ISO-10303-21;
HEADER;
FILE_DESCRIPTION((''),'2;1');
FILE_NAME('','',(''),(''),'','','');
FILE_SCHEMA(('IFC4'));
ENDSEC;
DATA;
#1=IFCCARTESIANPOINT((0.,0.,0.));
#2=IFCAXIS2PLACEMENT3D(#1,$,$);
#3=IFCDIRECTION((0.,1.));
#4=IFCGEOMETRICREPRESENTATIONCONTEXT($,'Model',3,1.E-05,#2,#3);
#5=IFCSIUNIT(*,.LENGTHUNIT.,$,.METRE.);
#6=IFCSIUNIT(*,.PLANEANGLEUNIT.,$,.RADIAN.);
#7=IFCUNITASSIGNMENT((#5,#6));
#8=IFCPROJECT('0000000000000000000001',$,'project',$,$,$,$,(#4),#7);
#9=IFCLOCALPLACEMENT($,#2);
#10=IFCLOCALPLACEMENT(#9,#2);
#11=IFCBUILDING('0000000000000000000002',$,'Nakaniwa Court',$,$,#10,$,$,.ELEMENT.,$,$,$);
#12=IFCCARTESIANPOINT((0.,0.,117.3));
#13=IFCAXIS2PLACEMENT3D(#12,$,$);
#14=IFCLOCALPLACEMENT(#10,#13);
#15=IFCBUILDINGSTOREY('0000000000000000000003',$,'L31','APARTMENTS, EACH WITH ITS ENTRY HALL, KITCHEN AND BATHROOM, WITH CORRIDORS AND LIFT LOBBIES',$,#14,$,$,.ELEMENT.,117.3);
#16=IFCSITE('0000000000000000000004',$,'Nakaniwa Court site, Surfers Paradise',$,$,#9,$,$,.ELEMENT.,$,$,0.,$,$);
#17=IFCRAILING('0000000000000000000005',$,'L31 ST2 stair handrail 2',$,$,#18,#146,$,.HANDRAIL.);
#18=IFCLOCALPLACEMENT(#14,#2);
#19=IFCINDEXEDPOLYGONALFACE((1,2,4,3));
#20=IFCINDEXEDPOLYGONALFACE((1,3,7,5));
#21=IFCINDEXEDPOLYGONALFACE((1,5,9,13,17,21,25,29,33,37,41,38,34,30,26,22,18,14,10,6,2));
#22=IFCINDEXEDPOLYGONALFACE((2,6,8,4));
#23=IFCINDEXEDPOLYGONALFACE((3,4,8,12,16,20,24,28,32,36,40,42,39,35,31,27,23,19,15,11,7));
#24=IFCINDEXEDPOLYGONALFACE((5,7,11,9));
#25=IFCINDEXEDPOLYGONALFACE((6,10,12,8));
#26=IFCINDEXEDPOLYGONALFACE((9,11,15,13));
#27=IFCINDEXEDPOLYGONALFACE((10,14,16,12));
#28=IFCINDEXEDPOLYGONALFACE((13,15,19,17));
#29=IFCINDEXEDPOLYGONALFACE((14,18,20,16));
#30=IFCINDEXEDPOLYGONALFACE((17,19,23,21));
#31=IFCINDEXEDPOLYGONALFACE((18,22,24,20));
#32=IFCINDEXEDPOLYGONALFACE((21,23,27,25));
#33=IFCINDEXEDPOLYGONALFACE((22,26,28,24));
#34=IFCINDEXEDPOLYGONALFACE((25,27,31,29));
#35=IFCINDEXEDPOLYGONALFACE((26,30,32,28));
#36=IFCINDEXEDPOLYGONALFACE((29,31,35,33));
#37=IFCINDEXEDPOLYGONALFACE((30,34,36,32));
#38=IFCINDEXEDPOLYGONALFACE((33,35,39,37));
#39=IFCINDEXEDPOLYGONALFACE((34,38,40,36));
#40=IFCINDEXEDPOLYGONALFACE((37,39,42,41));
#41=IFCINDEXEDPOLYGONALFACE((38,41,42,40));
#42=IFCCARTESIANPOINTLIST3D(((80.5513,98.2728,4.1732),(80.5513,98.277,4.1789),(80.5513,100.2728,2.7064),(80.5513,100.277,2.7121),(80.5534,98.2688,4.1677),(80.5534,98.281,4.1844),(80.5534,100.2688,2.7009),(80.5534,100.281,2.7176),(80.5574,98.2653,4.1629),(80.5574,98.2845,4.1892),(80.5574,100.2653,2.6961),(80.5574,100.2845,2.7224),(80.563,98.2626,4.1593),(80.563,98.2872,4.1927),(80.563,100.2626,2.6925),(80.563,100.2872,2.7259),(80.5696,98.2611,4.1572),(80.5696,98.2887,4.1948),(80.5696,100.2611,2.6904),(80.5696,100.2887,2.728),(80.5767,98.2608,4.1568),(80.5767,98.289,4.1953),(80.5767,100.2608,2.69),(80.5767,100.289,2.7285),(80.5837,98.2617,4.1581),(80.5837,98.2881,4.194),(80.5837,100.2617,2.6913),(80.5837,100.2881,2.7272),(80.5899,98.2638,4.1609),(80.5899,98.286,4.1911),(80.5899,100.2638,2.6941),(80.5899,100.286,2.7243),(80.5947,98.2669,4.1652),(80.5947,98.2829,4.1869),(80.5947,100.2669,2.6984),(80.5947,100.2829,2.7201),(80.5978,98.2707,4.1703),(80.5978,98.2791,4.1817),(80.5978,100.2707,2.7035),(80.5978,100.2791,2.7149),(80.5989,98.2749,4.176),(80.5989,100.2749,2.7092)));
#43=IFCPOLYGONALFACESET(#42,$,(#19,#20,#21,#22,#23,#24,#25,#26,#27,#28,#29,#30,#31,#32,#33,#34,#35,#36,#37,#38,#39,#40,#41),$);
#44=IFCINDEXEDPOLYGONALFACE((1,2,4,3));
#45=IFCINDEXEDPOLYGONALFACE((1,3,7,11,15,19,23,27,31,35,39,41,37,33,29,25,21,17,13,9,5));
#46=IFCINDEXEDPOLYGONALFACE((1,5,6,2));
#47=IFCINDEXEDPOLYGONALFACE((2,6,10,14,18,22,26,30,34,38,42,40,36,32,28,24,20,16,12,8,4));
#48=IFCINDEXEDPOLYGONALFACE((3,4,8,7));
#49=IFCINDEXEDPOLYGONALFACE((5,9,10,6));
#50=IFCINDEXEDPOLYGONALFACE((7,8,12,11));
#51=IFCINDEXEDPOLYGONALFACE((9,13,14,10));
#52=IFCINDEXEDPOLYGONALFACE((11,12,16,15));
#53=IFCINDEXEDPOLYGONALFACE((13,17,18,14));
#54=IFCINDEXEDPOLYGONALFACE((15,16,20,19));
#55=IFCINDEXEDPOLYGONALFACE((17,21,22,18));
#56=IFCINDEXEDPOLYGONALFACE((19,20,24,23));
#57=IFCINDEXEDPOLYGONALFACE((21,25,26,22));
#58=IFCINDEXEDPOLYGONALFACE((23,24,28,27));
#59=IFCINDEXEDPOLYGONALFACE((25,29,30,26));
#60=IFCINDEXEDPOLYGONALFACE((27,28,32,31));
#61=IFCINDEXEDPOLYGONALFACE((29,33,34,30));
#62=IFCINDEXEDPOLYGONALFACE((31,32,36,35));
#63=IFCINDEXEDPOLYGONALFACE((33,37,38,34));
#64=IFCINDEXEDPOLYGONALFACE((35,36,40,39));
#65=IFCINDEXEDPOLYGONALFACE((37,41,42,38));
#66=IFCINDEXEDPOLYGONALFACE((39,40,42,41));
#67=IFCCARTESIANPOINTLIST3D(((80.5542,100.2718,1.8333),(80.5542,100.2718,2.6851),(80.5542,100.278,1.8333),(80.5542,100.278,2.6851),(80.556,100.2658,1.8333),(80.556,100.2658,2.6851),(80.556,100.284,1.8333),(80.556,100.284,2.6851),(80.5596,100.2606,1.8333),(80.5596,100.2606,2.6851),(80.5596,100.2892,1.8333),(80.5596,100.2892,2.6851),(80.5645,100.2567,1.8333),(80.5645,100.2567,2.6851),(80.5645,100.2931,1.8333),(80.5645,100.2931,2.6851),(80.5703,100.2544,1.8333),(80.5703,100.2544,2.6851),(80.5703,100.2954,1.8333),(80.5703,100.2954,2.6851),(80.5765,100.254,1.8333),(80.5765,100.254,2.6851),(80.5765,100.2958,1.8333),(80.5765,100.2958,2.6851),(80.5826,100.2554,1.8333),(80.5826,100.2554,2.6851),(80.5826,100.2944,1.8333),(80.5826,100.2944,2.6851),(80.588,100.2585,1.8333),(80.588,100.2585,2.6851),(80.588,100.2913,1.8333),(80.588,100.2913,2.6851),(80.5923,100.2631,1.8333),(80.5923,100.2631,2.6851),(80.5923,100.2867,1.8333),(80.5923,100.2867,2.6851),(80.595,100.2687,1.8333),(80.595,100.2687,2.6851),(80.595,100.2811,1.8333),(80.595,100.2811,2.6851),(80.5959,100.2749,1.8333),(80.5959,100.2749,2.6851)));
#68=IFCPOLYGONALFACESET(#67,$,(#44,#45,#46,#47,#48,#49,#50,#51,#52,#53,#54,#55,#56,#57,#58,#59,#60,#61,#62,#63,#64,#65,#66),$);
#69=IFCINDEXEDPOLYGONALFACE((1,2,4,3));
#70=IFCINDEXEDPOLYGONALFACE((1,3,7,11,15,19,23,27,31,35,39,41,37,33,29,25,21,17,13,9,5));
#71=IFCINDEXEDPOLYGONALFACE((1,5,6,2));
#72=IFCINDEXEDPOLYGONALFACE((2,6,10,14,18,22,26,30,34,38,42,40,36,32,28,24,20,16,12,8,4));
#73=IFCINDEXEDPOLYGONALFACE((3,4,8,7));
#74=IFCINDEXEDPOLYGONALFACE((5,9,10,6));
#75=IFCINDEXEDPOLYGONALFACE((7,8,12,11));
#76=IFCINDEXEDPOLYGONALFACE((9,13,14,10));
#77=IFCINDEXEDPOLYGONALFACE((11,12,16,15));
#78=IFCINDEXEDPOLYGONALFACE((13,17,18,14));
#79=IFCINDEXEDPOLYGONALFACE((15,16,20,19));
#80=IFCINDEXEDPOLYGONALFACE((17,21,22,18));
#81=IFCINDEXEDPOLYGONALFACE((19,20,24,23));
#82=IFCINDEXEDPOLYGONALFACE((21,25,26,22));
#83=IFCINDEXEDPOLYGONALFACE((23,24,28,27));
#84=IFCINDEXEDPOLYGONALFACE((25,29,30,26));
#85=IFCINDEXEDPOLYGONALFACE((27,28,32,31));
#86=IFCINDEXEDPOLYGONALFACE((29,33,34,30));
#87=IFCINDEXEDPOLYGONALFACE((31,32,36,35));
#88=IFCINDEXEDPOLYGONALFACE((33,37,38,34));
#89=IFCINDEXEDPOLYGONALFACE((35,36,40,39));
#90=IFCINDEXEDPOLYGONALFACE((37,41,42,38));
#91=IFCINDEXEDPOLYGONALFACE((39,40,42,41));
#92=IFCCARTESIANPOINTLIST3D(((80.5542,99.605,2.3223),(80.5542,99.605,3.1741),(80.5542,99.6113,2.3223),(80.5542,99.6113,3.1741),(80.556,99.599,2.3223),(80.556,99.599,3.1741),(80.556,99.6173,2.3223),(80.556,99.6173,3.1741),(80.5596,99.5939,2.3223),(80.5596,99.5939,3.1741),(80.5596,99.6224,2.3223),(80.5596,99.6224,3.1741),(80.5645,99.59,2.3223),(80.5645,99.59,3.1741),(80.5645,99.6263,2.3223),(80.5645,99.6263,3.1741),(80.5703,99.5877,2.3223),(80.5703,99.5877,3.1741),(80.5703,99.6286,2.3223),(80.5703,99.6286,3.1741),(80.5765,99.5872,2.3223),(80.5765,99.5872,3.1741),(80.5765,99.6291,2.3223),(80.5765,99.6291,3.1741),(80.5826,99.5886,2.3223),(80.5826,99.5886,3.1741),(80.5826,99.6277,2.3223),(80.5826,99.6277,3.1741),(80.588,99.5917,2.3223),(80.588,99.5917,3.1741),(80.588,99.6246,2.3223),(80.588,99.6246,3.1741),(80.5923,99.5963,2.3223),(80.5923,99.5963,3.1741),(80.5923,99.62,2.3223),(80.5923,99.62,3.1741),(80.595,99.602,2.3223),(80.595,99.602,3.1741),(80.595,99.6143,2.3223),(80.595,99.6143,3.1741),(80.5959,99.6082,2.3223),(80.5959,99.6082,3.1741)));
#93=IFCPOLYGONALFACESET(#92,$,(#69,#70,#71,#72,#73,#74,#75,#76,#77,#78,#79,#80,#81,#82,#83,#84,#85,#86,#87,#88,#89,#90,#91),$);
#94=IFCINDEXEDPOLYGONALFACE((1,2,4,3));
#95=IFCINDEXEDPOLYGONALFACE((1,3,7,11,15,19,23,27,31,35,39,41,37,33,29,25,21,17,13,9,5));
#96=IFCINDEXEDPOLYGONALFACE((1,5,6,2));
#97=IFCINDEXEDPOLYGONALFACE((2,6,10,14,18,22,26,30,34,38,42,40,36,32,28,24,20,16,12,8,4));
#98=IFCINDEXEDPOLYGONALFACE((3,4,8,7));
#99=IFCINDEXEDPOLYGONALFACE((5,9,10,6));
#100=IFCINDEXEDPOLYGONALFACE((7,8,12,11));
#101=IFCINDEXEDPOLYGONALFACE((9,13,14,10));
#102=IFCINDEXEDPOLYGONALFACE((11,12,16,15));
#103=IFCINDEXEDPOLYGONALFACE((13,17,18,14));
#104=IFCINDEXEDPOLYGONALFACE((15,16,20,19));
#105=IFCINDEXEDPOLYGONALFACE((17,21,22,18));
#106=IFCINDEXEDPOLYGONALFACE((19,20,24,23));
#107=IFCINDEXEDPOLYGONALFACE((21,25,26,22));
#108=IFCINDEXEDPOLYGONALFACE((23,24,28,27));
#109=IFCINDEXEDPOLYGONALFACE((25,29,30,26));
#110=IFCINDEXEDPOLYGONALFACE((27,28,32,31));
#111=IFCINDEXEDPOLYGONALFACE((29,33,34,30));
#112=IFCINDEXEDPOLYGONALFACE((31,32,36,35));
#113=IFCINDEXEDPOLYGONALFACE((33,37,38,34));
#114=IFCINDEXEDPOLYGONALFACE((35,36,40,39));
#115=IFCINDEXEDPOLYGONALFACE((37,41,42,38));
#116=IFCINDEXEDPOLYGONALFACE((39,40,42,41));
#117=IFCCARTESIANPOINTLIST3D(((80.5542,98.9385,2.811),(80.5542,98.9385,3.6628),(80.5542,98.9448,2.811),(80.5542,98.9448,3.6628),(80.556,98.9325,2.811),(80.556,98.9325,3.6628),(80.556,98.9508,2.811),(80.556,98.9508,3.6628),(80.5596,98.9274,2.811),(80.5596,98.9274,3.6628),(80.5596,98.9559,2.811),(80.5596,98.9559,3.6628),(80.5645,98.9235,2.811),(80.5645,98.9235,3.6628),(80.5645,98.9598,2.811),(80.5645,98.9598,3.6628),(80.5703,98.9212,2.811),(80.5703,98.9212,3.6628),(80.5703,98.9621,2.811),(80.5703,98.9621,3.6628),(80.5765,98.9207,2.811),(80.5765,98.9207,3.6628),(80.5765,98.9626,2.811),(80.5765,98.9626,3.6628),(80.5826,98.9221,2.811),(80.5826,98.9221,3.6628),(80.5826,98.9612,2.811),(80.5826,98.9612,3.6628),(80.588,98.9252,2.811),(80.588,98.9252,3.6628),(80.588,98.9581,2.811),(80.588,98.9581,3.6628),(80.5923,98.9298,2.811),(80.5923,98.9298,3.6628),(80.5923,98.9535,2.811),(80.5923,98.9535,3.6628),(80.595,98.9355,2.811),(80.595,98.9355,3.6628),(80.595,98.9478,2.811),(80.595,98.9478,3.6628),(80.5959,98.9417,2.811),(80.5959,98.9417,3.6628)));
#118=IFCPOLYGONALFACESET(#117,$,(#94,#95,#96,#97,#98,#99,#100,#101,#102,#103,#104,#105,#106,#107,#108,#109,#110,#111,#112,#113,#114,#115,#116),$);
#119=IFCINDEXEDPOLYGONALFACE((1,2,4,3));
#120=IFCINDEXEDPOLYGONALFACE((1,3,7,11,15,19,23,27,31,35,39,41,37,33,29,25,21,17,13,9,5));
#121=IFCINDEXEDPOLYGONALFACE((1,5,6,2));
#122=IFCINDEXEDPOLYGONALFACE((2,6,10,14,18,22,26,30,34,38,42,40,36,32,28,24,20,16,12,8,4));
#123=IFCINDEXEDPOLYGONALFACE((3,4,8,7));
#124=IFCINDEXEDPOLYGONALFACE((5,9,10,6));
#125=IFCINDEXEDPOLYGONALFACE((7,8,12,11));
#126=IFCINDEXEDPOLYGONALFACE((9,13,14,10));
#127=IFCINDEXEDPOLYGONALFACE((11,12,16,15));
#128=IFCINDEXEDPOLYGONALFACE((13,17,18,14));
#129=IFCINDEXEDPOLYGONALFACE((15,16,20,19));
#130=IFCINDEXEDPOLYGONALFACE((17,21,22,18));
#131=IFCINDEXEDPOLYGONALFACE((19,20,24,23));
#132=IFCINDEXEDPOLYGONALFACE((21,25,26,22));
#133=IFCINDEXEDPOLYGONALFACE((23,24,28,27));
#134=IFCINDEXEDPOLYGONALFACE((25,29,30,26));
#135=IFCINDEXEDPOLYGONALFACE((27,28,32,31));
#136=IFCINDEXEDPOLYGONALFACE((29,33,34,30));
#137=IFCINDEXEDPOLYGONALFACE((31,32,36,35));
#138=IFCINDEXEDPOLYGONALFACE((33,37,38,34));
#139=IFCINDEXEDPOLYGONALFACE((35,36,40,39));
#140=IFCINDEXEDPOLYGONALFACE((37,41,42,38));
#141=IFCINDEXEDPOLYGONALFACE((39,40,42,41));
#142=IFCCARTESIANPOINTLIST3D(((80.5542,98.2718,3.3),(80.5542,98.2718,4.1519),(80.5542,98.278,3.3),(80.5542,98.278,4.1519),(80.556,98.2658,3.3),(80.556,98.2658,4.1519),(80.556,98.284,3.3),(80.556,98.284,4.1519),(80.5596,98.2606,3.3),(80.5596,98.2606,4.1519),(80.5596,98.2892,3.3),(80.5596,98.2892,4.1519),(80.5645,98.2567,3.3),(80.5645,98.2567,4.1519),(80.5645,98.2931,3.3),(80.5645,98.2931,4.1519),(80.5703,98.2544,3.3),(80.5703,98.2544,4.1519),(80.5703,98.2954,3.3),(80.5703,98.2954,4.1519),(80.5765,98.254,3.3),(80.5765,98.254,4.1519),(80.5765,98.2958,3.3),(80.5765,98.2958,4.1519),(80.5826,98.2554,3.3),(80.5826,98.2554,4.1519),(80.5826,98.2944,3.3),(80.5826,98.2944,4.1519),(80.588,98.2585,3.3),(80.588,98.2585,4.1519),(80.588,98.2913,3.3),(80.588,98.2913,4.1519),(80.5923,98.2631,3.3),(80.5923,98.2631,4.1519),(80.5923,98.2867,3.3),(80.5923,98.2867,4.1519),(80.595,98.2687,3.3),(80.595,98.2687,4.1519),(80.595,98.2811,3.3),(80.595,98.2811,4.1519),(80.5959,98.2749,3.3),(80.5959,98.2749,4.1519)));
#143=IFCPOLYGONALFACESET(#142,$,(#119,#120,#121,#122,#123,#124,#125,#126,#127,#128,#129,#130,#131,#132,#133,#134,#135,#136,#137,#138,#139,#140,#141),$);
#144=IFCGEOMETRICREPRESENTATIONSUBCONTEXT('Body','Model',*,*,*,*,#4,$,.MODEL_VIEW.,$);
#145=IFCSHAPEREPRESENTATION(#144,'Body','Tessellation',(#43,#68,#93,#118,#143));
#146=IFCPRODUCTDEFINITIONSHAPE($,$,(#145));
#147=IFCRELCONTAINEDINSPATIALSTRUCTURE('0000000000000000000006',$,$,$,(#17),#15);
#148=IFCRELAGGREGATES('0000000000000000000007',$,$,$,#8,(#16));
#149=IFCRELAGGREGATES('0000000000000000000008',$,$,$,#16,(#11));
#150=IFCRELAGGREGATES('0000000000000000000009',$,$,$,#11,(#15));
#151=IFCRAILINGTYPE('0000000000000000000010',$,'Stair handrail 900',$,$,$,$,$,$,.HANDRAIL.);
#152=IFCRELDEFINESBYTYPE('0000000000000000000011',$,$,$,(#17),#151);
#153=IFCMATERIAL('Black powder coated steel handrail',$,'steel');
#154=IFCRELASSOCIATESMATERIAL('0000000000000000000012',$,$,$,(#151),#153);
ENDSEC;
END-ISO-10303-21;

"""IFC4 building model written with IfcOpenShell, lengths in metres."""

from ifc_helpers import new_model, si_unit, direction, frame, origin, origin_2d, place, context, subcontext, project, spatial, circle, extrude, material, type_object, element, save


model = new_model("IFC4")

# Units and contexts
model_context = context("Model", 3, precision=1e-05, world=origin(), true_north=direction((0.0, 1.0)))
body_context = subcontext(model_context, "Body", "Model", "MODEL_VIEW")
ifc_project = project(units=[si_unit("LENGTHUNIT", "METRE"), si_unit("PLANEANGLEUNIT", "RADIAN")], contexts=[model_context])

# Site, building, storey
site_placement = place(None, origin())
site = spatial("IfcSite", under=ifc_project, at=site_placement, Name="Nakaniwa Court site, Surfers Paradise", CompositionType="ELEMENT", RefElevation=0.0)
building_placement = place(site_placement, origin())
building = spatial("IfcBuilding", under=site, at=building_placement, Name="Nakaniwa Court", CompositionType="ELEMENT")
storey_placement = place(building_placement, frame((0.0, 0.0, 117.3)))
storey = spatial("IfcBuildingStorey", under=building, at=storey_placement, Name="L31", Description="APARTMENTS, EACH WITH ITS ENTRY HALL, KITCHEN AND BATHROOM, WITH CORRIDORS AND LIFT LOBBIES", CompositionType="ELEMENT", Elevation=117.3)

# Railing
ifc_material_1 = material(Name="Black powder coated steel handrail", Category="steel")
railing_type_1 = type_object("IfcRailingType", Name="Stair handrail 900", PredefinedType="HANDRAIL", material=ifc_material_1)
railing_1_placement = place(storey_placement, frame((80.575, 100.2749, 1.8333)))
element("IfcRailing", 1, at=railing_1_placement, inside=storey, type_object=railing_type_1, Name="L31 ST2 stair handrail 2", PredefinedType="HANDRAIL", context=body_context, shape_type="SweptSolid", body=[
    extrude(circle(Radius=0.0239, at=origin_2d()), frame((0.0, 0.0, 0.876), z_axis=(0.0, -0.80638, 0.591398), x_axis=(1.0, 0.0, 0.0)), (0.0, 0.0, 1.0), 2.4802),
    extrude(circle(Radius=0.021, at=origin_2d()), origin(), (0.0, 0.0, 1.0), 0.8518),
    extrude(circle(Radius=0.021, at=origin_2d()), frame((0.0, -0.6667, 0.489)), (0.0, 0.0, 1.0), 0.8518),
    extrude(circle(Radius=0.021, at=origin_2d()), frame((0.0, -1.3333, 0.9778)), (0.0, 0.0, 1.0), 0.8518),
    extrude(circle(Radius=0.021, at=origin_2d()), frame((0.0, -2.0, 1.4668)), (0.0, 0.0, 1.0), 0.8518),
])

save(model, "model.ifc")
